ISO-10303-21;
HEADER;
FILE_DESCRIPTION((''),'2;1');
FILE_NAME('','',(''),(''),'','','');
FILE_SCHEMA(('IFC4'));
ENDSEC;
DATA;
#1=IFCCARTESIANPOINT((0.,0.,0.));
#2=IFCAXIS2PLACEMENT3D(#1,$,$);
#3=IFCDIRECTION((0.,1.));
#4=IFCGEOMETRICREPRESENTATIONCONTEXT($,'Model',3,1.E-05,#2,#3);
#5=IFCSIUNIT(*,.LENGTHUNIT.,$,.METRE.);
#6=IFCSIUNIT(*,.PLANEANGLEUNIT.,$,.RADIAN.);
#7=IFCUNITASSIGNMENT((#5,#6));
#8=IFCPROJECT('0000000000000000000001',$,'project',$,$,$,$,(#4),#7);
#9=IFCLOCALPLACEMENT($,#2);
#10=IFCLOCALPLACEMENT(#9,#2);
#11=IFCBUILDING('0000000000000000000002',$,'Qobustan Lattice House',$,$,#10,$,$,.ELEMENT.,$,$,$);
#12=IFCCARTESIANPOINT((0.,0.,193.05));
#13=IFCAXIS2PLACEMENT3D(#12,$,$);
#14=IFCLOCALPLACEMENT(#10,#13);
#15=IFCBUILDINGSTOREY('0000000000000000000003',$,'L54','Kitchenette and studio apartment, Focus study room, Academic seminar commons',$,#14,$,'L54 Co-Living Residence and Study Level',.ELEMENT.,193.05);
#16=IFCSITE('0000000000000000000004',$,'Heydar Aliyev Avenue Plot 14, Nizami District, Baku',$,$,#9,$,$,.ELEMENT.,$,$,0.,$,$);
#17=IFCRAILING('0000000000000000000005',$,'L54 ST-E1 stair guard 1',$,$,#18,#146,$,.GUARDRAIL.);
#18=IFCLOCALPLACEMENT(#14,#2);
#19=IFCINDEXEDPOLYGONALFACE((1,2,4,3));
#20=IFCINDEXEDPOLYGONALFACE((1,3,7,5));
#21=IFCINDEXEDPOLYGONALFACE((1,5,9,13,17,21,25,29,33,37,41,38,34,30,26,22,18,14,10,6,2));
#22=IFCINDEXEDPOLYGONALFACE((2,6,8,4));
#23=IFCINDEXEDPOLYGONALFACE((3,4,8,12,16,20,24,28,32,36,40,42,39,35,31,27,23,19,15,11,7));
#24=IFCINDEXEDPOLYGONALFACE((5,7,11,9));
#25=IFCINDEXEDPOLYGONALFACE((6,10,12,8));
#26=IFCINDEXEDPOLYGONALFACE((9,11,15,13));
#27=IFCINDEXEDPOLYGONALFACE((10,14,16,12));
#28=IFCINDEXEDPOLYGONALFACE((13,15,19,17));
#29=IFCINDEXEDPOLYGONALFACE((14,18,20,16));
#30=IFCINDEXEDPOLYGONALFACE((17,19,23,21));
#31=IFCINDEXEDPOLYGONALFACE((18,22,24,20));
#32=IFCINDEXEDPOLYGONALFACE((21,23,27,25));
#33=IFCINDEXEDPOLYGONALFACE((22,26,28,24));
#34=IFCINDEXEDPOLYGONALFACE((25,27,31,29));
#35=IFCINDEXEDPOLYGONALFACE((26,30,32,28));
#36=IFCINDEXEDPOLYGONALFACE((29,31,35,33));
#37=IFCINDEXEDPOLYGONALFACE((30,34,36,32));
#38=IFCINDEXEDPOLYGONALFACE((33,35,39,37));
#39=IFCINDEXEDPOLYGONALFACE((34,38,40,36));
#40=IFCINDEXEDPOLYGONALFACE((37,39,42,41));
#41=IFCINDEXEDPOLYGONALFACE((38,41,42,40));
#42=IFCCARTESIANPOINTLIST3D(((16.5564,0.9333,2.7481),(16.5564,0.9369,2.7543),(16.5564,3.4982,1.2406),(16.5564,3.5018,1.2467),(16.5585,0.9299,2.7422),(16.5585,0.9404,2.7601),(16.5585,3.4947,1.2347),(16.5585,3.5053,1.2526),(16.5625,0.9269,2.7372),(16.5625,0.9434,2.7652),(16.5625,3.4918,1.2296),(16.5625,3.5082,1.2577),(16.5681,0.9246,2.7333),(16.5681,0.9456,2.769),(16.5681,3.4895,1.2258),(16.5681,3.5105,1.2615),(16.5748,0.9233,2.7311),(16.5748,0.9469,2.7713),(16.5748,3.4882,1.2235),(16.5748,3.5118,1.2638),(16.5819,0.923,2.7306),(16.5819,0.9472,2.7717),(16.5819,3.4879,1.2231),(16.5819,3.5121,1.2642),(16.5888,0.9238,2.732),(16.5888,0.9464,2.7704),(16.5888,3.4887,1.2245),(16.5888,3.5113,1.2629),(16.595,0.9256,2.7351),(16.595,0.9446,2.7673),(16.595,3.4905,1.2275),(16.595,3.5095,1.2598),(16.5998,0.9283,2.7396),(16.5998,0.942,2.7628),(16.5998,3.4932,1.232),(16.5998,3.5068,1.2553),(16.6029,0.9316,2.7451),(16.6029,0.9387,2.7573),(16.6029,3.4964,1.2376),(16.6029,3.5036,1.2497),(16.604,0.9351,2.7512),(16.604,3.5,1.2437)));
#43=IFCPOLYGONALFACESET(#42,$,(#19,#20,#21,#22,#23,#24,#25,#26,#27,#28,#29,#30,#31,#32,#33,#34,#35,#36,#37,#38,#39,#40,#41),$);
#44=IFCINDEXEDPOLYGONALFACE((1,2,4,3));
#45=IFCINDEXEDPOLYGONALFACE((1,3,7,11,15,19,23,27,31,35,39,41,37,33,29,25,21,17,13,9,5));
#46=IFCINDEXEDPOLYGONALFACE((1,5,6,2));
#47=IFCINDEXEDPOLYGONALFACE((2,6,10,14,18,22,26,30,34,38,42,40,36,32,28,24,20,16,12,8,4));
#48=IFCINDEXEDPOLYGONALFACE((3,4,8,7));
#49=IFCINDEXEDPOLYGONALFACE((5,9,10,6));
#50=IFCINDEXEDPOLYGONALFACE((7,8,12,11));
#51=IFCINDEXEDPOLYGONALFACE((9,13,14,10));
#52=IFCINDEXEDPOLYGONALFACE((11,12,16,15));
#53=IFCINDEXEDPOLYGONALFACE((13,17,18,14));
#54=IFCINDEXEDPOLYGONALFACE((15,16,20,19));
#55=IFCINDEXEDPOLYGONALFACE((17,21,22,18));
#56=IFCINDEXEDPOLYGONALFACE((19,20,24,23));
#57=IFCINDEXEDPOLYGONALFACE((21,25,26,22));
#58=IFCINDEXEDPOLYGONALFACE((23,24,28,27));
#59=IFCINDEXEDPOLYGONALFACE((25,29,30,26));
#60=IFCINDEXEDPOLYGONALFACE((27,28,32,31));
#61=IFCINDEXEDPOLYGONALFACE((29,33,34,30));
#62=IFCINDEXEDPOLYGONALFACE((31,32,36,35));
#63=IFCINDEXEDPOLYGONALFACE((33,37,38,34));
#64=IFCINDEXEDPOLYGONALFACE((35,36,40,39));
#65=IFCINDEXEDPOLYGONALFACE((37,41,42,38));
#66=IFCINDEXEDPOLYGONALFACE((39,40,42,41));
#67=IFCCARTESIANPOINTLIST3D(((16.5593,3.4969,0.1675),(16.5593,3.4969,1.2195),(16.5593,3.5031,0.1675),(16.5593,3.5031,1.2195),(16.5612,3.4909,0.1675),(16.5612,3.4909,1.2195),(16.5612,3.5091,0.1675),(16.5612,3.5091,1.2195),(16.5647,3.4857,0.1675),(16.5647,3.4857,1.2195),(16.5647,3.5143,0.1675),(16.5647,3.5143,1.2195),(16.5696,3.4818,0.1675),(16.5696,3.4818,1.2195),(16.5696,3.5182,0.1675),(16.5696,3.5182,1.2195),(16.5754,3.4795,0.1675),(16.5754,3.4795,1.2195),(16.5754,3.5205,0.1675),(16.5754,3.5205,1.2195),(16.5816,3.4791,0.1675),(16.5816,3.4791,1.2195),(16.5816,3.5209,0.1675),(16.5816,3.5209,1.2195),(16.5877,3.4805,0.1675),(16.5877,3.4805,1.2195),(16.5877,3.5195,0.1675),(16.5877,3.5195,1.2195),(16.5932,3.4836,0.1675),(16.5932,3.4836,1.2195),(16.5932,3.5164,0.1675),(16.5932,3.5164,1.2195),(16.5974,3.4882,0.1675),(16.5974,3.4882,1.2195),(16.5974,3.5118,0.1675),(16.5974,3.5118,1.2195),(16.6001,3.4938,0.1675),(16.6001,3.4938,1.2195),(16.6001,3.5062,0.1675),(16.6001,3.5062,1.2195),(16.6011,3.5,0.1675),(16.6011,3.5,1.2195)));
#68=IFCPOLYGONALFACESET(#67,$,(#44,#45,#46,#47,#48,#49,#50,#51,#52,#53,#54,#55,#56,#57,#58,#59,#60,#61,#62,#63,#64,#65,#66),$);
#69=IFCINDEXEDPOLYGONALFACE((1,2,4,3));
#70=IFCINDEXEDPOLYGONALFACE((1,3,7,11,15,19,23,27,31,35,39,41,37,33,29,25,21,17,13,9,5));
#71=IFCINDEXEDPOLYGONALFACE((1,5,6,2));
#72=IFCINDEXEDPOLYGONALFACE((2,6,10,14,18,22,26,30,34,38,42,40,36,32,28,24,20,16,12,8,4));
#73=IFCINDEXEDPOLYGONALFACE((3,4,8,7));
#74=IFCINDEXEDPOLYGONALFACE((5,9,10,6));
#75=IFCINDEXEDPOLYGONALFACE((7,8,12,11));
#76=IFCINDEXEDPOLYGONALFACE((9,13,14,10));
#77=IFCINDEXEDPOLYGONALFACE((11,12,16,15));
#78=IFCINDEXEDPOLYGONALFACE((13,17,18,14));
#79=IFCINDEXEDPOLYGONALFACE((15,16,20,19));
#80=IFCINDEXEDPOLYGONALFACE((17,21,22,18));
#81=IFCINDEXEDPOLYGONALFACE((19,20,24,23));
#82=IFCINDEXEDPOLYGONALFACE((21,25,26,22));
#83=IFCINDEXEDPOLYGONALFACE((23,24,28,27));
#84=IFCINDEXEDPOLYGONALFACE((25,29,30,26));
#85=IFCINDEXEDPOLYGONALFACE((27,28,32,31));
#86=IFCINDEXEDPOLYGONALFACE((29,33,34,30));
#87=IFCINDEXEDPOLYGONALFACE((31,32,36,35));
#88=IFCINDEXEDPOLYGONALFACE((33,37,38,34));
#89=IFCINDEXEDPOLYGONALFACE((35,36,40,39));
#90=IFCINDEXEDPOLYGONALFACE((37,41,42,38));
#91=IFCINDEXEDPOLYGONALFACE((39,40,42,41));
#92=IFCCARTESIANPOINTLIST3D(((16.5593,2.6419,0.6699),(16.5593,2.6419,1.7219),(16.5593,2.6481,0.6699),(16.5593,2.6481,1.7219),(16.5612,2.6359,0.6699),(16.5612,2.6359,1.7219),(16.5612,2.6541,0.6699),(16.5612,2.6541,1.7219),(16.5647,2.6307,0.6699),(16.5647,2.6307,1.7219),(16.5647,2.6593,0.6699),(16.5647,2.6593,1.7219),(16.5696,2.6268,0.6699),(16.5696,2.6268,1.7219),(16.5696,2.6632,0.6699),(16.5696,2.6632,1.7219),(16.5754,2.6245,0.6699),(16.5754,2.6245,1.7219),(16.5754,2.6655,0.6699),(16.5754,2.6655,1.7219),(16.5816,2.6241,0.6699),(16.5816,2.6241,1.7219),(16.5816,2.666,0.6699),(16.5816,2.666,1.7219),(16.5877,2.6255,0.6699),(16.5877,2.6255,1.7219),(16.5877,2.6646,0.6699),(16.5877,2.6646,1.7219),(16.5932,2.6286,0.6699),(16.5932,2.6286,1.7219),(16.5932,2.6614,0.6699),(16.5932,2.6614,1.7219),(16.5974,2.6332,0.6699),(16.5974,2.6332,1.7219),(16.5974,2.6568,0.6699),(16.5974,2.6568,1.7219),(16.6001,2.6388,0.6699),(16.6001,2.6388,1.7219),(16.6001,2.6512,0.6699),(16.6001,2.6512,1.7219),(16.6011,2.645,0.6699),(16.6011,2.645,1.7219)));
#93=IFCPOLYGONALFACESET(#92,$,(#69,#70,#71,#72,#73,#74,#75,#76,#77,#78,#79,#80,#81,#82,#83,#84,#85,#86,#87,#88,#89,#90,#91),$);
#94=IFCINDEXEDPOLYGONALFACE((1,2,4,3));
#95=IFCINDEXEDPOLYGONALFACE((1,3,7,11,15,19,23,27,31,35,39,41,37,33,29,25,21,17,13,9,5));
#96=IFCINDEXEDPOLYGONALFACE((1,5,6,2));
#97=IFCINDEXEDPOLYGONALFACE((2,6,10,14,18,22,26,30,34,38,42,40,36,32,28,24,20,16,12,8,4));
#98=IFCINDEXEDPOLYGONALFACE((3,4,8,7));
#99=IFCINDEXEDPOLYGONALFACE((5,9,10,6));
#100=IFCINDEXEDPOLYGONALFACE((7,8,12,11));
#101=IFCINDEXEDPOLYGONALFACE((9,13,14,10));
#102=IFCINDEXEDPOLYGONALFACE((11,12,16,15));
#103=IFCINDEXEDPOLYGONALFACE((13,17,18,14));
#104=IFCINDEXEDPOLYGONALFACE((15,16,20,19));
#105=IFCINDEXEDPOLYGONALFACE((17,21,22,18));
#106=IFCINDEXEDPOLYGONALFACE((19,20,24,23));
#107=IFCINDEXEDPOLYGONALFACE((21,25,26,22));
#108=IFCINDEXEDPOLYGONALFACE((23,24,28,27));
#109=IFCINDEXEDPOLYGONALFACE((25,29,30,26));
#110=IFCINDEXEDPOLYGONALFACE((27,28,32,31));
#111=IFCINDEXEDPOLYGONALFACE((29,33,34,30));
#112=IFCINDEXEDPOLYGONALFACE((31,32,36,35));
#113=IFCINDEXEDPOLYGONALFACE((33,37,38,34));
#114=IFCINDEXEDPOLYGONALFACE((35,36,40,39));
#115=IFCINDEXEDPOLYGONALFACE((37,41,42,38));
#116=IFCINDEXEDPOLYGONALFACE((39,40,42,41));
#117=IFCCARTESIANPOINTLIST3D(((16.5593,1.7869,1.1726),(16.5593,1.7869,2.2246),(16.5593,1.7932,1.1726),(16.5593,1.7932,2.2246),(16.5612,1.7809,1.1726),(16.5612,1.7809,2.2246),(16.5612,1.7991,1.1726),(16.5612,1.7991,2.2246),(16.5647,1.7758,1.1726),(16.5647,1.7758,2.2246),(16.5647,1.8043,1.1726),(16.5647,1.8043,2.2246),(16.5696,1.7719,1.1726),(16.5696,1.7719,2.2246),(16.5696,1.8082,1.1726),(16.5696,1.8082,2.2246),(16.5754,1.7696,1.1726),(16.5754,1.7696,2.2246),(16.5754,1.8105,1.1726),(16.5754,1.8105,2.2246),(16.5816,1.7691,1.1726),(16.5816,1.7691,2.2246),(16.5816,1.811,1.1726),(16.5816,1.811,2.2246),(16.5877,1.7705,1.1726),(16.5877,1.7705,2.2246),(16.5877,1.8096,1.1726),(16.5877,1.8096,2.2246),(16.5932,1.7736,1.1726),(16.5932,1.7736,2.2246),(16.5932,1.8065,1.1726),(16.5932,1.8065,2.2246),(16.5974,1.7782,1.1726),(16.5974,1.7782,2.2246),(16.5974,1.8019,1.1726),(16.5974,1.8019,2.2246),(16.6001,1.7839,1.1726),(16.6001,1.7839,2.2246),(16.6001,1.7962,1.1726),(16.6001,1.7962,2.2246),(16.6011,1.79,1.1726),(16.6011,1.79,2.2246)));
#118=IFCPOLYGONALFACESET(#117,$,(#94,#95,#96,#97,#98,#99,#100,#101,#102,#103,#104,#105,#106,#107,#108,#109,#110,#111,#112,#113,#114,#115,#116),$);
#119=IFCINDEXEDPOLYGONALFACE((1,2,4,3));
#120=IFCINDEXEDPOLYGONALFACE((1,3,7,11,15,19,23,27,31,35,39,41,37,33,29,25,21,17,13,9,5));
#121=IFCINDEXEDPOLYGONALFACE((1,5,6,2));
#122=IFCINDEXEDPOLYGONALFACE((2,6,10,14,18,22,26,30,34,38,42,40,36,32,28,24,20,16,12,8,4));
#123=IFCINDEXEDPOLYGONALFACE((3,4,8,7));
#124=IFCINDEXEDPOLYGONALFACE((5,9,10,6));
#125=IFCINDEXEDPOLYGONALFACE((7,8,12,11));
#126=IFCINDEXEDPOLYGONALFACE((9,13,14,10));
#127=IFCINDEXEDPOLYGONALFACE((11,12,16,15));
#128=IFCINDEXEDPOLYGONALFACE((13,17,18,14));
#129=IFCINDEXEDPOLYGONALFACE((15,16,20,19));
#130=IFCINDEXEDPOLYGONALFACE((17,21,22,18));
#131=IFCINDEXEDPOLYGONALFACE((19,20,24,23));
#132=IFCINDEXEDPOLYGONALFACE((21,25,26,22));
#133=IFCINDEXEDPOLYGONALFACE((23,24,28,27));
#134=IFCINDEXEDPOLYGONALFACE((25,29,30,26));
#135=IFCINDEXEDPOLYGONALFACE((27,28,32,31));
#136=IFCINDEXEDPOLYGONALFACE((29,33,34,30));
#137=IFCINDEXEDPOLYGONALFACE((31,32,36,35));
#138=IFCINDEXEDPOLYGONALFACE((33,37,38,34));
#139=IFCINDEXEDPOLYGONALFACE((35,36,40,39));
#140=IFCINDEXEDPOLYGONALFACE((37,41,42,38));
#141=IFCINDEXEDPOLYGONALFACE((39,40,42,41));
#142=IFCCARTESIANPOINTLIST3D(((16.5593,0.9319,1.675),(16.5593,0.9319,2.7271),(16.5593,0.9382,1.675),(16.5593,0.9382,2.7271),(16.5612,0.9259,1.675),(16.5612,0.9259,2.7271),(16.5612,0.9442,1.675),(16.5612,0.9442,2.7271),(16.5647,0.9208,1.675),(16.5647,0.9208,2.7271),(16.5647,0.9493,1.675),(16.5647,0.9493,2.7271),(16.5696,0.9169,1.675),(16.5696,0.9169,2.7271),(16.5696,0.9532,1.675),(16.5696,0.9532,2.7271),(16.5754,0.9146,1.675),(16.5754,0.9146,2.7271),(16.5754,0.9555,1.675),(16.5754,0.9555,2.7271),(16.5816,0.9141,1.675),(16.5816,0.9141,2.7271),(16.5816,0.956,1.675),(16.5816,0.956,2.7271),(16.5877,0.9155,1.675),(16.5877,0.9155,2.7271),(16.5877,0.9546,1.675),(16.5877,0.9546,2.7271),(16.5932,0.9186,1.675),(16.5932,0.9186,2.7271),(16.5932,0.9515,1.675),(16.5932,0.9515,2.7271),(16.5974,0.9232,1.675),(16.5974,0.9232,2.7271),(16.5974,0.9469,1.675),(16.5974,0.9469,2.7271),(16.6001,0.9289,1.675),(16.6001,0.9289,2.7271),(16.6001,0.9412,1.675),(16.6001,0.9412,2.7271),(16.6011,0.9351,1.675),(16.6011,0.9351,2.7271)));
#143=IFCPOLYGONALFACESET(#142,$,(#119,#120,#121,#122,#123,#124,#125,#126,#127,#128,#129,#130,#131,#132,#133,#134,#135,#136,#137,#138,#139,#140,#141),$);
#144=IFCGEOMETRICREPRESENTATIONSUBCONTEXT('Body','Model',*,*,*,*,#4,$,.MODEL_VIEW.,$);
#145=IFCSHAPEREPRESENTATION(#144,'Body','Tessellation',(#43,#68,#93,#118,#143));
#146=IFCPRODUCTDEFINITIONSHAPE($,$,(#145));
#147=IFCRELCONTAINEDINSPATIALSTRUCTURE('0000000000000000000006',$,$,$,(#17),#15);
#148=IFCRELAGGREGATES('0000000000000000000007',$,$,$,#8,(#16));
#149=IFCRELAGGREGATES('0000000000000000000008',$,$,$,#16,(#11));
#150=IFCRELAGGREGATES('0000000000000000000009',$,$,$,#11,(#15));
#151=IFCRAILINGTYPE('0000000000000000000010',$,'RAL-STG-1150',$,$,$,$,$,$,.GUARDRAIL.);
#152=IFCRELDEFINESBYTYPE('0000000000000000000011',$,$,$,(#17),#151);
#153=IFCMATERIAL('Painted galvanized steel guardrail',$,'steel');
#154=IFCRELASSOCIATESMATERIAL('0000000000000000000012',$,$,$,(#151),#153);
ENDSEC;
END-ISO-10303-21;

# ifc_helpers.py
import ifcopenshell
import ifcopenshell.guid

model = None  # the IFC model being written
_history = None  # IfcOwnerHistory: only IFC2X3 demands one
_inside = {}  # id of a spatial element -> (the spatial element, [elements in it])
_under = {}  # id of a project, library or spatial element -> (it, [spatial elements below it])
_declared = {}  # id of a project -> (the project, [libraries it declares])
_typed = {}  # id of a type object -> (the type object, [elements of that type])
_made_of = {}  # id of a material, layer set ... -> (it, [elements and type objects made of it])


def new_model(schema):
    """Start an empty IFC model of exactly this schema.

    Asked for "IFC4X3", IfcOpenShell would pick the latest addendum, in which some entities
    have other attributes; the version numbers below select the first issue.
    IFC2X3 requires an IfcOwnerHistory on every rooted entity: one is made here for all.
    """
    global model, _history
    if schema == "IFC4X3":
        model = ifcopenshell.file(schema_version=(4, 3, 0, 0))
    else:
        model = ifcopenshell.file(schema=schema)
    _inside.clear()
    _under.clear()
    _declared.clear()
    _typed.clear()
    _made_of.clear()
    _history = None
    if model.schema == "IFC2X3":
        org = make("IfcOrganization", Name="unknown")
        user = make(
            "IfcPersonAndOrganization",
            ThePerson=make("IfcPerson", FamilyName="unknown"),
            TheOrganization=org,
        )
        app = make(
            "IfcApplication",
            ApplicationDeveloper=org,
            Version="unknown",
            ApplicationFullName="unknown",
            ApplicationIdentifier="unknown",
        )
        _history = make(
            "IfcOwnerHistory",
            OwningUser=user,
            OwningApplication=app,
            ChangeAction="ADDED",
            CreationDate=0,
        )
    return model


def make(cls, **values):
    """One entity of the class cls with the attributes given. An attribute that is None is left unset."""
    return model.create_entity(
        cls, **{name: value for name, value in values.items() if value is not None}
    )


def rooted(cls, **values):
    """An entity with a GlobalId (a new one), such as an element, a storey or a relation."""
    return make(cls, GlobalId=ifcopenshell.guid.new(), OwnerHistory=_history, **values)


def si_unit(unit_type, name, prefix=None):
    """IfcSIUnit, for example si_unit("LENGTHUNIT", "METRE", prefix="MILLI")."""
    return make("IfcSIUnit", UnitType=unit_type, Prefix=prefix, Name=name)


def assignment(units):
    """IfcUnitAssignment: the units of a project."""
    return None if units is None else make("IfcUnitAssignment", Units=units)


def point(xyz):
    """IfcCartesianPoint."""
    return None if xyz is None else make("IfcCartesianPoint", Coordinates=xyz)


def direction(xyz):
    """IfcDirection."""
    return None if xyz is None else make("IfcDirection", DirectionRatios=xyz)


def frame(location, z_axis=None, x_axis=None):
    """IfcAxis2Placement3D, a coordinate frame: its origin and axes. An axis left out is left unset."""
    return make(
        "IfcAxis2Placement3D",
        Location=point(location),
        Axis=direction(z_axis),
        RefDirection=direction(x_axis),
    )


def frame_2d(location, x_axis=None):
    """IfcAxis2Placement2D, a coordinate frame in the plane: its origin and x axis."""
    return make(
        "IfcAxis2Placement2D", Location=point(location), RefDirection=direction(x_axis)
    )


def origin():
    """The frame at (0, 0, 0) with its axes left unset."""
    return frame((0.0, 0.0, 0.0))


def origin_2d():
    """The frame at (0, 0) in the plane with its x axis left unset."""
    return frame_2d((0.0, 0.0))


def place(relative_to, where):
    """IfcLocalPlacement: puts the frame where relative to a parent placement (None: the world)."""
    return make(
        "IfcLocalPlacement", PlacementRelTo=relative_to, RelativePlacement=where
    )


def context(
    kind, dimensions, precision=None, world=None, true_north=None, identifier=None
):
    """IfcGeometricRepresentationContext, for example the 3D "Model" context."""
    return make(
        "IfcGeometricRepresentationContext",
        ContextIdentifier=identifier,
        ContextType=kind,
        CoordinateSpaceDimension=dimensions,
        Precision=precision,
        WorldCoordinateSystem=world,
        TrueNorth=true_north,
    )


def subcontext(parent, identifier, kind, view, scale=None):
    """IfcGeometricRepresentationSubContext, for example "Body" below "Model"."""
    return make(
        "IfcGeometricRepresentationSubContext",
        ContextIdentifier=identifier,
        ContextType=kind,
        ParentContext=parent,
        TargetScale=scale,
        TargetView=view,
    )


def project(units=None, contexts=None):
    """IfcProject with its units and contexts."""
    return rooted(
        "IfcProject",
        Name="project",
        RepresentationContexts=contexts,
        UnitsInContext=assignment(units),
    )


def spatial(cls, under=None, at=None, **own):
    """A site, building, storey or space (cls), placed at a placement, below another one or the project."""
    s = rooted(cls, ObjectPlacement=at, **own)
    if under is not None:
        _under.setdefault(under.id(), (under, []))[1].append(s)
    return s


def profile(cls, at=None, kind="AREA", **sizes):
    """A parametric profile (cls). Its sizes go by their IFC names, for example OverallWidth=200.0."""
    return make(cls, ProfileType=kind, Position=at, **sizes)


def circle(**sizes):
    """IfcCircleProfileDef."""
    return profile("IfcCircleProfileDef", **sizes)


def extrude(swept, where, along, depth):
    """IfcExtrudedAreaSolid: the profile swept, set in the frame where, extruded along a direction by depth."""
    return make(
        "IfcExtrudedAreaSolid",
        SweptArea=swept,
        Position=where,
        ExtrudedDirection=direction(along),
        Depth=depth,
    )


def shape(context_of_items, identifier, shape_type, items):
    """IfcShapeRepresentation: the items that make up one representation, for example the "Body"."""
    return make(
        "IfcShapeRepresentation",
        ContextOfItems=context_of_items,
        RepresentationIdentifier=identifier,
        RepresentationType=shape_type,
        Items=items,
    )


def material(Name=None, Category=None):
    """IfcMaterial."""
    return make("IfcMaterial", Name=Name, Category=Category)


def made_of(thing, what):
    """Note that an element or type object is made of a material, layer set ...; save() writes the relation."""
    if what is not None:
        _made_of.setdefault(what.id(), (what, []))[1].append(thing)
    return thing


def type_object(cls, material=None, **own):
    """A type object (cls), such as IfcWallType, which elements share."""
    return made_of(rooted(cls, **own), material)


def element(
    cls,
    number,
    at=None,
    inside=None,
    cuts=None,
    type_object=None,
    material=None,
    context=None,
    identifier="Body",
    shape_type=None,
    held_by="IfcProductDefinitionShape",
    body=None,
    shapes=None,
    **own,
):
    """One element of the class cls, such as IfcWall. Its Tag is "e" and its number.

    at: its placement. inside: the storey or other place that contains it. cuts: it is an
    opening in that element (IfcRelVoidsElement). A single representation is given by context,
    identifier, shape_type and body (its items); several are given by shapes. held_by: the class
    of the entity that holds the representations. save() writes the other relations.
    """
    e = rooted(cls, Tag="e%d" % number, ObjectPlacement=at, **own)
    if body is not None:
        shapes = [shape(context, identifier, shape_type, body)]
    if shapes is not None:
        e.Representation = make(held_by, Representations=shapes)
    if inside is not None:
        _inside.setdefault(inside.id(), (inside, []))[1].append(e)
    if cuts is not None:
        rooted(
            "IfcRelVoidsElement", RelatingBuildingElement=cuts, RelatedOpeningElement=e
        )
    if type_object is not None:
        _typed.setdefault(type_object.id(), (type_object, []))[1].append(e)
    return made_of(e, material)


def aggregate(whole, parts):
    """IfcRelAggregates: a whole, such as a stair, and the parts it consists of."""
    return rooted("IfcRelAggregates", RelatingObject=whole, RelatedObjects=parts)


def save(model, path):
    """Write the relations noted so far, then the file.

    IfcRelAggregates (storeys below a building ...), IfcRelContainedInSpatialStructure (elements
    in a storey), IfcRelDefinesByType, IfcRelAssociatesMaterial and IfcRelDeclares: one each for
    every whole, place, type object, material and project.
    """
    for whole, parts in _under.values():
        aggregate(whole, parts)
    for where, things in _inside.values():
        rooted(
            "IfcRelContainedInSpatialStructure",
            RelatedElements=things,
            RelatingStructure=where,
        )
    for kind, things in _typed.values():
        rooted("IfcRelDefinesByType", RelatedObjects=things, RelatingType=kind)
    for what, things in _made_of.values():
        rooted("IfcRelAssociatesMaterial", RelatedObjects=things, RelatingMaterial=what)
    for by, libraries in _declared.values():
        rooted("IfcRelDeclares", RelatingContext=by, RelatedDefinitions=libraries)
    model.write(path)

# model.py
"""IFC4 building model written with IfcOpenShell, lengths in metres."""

from ifc_helpers import new_model, si_unit, direction, frame, origin, origin_2d, place, context, subcontext, project, spatial, circle, extrude, material, type_object, element, save


model = new_model("IFC4")

# Units and contexts
model_context = context("Model", 3, precision=1e-05, world=origin(), true_north=direction((0.0, 1.0)))
body_context = subcontext(model_context, "Body", "Model", "MODEL_VIEW")
ifc_project = project(units=[si_unit("LENGTHUNIT", "METRE"), si_unit("PLANEANGLEUNIT", "RADIAN")], contexts=[model_context])

# Site, building, storey
site_placement = place(None, origin())
site = spatial("IfcSite", under=ifc_project, at=site_placement, Name="Heydar Aliyev Avenue Plot 14, Nizami District, Baku", CompositionType="ELEMENT", RefElevation=0.0)
building_placement = place(site_placement, origin())
building = spatial("IfcBuilding", under=site, at=building_placement, Name="Qobustan Lattice House", CompositionType="ELEMENT")
storey_placement = place(building_placement, frame((0.0, 0.0, 193.05)))
storey = spatial("IfcBuildingStorey", under=building, at=storey_placement, Name="L54", Description="Kitchenette and studio apartment, Focus study room, Academic seminar commons", LongName="L54 Co-Living Residence and Study Level", CompositionType="ELEMENT", Elevation=193.05)

# Railing
ifc_material_1 = material(Name="Painted galvanized steel guardrail", Category="steel")
railing_type_1 = type_object("IfcRailingType", Name="RAL-STG-1150", PredefinedType="GUARDRAIL", material=ifc_material_1)
railing_1_placement = place(storey_placement, frame((16.5801, 3.5, 0.1675)))
element("IfcRailing", 1, at=railing_1_placement, inside=storey, type_object=railing_type_1, Name="L54 ST-E1 stair guard 1", PredefinedType="GUARDRAIL", context=body_context, shape_type="SweptSolid", body=[
    extrude(circle(Radius=0.0239, at=origin_2d()), frame((0.0, 0.0, 1.0762), z_axis=(0.0, -0.862113, 0.506715), x_axis=(1.0, 0.0, 0.0)), (0.0, 0.0, 1.0), 2.9751),
    extrude(circle(Radius=0.021, at=origin_2d()), origin(), (0.0, 0.0, 1.0), 1.052),
    extrude(circle(Radius=0.021, at=origin_2d()), frame((0.0, -0.855, 0.5024)), (0.0, 0.0, 1.0), 1.052),
    extrude(circle(Radius=0.021, at=origin_2d()), frame((0.0, -1.71, 1.0051)), (0.0, 0.0, 1.0), 1.052),
    extrude(circle(Radius=0.021, at=origin_2d()), frame((0.0, -2.5649, 1.5076)), (0.0, 0.0, 1.0), 1.052),
])

save(model, "model.ifc")
